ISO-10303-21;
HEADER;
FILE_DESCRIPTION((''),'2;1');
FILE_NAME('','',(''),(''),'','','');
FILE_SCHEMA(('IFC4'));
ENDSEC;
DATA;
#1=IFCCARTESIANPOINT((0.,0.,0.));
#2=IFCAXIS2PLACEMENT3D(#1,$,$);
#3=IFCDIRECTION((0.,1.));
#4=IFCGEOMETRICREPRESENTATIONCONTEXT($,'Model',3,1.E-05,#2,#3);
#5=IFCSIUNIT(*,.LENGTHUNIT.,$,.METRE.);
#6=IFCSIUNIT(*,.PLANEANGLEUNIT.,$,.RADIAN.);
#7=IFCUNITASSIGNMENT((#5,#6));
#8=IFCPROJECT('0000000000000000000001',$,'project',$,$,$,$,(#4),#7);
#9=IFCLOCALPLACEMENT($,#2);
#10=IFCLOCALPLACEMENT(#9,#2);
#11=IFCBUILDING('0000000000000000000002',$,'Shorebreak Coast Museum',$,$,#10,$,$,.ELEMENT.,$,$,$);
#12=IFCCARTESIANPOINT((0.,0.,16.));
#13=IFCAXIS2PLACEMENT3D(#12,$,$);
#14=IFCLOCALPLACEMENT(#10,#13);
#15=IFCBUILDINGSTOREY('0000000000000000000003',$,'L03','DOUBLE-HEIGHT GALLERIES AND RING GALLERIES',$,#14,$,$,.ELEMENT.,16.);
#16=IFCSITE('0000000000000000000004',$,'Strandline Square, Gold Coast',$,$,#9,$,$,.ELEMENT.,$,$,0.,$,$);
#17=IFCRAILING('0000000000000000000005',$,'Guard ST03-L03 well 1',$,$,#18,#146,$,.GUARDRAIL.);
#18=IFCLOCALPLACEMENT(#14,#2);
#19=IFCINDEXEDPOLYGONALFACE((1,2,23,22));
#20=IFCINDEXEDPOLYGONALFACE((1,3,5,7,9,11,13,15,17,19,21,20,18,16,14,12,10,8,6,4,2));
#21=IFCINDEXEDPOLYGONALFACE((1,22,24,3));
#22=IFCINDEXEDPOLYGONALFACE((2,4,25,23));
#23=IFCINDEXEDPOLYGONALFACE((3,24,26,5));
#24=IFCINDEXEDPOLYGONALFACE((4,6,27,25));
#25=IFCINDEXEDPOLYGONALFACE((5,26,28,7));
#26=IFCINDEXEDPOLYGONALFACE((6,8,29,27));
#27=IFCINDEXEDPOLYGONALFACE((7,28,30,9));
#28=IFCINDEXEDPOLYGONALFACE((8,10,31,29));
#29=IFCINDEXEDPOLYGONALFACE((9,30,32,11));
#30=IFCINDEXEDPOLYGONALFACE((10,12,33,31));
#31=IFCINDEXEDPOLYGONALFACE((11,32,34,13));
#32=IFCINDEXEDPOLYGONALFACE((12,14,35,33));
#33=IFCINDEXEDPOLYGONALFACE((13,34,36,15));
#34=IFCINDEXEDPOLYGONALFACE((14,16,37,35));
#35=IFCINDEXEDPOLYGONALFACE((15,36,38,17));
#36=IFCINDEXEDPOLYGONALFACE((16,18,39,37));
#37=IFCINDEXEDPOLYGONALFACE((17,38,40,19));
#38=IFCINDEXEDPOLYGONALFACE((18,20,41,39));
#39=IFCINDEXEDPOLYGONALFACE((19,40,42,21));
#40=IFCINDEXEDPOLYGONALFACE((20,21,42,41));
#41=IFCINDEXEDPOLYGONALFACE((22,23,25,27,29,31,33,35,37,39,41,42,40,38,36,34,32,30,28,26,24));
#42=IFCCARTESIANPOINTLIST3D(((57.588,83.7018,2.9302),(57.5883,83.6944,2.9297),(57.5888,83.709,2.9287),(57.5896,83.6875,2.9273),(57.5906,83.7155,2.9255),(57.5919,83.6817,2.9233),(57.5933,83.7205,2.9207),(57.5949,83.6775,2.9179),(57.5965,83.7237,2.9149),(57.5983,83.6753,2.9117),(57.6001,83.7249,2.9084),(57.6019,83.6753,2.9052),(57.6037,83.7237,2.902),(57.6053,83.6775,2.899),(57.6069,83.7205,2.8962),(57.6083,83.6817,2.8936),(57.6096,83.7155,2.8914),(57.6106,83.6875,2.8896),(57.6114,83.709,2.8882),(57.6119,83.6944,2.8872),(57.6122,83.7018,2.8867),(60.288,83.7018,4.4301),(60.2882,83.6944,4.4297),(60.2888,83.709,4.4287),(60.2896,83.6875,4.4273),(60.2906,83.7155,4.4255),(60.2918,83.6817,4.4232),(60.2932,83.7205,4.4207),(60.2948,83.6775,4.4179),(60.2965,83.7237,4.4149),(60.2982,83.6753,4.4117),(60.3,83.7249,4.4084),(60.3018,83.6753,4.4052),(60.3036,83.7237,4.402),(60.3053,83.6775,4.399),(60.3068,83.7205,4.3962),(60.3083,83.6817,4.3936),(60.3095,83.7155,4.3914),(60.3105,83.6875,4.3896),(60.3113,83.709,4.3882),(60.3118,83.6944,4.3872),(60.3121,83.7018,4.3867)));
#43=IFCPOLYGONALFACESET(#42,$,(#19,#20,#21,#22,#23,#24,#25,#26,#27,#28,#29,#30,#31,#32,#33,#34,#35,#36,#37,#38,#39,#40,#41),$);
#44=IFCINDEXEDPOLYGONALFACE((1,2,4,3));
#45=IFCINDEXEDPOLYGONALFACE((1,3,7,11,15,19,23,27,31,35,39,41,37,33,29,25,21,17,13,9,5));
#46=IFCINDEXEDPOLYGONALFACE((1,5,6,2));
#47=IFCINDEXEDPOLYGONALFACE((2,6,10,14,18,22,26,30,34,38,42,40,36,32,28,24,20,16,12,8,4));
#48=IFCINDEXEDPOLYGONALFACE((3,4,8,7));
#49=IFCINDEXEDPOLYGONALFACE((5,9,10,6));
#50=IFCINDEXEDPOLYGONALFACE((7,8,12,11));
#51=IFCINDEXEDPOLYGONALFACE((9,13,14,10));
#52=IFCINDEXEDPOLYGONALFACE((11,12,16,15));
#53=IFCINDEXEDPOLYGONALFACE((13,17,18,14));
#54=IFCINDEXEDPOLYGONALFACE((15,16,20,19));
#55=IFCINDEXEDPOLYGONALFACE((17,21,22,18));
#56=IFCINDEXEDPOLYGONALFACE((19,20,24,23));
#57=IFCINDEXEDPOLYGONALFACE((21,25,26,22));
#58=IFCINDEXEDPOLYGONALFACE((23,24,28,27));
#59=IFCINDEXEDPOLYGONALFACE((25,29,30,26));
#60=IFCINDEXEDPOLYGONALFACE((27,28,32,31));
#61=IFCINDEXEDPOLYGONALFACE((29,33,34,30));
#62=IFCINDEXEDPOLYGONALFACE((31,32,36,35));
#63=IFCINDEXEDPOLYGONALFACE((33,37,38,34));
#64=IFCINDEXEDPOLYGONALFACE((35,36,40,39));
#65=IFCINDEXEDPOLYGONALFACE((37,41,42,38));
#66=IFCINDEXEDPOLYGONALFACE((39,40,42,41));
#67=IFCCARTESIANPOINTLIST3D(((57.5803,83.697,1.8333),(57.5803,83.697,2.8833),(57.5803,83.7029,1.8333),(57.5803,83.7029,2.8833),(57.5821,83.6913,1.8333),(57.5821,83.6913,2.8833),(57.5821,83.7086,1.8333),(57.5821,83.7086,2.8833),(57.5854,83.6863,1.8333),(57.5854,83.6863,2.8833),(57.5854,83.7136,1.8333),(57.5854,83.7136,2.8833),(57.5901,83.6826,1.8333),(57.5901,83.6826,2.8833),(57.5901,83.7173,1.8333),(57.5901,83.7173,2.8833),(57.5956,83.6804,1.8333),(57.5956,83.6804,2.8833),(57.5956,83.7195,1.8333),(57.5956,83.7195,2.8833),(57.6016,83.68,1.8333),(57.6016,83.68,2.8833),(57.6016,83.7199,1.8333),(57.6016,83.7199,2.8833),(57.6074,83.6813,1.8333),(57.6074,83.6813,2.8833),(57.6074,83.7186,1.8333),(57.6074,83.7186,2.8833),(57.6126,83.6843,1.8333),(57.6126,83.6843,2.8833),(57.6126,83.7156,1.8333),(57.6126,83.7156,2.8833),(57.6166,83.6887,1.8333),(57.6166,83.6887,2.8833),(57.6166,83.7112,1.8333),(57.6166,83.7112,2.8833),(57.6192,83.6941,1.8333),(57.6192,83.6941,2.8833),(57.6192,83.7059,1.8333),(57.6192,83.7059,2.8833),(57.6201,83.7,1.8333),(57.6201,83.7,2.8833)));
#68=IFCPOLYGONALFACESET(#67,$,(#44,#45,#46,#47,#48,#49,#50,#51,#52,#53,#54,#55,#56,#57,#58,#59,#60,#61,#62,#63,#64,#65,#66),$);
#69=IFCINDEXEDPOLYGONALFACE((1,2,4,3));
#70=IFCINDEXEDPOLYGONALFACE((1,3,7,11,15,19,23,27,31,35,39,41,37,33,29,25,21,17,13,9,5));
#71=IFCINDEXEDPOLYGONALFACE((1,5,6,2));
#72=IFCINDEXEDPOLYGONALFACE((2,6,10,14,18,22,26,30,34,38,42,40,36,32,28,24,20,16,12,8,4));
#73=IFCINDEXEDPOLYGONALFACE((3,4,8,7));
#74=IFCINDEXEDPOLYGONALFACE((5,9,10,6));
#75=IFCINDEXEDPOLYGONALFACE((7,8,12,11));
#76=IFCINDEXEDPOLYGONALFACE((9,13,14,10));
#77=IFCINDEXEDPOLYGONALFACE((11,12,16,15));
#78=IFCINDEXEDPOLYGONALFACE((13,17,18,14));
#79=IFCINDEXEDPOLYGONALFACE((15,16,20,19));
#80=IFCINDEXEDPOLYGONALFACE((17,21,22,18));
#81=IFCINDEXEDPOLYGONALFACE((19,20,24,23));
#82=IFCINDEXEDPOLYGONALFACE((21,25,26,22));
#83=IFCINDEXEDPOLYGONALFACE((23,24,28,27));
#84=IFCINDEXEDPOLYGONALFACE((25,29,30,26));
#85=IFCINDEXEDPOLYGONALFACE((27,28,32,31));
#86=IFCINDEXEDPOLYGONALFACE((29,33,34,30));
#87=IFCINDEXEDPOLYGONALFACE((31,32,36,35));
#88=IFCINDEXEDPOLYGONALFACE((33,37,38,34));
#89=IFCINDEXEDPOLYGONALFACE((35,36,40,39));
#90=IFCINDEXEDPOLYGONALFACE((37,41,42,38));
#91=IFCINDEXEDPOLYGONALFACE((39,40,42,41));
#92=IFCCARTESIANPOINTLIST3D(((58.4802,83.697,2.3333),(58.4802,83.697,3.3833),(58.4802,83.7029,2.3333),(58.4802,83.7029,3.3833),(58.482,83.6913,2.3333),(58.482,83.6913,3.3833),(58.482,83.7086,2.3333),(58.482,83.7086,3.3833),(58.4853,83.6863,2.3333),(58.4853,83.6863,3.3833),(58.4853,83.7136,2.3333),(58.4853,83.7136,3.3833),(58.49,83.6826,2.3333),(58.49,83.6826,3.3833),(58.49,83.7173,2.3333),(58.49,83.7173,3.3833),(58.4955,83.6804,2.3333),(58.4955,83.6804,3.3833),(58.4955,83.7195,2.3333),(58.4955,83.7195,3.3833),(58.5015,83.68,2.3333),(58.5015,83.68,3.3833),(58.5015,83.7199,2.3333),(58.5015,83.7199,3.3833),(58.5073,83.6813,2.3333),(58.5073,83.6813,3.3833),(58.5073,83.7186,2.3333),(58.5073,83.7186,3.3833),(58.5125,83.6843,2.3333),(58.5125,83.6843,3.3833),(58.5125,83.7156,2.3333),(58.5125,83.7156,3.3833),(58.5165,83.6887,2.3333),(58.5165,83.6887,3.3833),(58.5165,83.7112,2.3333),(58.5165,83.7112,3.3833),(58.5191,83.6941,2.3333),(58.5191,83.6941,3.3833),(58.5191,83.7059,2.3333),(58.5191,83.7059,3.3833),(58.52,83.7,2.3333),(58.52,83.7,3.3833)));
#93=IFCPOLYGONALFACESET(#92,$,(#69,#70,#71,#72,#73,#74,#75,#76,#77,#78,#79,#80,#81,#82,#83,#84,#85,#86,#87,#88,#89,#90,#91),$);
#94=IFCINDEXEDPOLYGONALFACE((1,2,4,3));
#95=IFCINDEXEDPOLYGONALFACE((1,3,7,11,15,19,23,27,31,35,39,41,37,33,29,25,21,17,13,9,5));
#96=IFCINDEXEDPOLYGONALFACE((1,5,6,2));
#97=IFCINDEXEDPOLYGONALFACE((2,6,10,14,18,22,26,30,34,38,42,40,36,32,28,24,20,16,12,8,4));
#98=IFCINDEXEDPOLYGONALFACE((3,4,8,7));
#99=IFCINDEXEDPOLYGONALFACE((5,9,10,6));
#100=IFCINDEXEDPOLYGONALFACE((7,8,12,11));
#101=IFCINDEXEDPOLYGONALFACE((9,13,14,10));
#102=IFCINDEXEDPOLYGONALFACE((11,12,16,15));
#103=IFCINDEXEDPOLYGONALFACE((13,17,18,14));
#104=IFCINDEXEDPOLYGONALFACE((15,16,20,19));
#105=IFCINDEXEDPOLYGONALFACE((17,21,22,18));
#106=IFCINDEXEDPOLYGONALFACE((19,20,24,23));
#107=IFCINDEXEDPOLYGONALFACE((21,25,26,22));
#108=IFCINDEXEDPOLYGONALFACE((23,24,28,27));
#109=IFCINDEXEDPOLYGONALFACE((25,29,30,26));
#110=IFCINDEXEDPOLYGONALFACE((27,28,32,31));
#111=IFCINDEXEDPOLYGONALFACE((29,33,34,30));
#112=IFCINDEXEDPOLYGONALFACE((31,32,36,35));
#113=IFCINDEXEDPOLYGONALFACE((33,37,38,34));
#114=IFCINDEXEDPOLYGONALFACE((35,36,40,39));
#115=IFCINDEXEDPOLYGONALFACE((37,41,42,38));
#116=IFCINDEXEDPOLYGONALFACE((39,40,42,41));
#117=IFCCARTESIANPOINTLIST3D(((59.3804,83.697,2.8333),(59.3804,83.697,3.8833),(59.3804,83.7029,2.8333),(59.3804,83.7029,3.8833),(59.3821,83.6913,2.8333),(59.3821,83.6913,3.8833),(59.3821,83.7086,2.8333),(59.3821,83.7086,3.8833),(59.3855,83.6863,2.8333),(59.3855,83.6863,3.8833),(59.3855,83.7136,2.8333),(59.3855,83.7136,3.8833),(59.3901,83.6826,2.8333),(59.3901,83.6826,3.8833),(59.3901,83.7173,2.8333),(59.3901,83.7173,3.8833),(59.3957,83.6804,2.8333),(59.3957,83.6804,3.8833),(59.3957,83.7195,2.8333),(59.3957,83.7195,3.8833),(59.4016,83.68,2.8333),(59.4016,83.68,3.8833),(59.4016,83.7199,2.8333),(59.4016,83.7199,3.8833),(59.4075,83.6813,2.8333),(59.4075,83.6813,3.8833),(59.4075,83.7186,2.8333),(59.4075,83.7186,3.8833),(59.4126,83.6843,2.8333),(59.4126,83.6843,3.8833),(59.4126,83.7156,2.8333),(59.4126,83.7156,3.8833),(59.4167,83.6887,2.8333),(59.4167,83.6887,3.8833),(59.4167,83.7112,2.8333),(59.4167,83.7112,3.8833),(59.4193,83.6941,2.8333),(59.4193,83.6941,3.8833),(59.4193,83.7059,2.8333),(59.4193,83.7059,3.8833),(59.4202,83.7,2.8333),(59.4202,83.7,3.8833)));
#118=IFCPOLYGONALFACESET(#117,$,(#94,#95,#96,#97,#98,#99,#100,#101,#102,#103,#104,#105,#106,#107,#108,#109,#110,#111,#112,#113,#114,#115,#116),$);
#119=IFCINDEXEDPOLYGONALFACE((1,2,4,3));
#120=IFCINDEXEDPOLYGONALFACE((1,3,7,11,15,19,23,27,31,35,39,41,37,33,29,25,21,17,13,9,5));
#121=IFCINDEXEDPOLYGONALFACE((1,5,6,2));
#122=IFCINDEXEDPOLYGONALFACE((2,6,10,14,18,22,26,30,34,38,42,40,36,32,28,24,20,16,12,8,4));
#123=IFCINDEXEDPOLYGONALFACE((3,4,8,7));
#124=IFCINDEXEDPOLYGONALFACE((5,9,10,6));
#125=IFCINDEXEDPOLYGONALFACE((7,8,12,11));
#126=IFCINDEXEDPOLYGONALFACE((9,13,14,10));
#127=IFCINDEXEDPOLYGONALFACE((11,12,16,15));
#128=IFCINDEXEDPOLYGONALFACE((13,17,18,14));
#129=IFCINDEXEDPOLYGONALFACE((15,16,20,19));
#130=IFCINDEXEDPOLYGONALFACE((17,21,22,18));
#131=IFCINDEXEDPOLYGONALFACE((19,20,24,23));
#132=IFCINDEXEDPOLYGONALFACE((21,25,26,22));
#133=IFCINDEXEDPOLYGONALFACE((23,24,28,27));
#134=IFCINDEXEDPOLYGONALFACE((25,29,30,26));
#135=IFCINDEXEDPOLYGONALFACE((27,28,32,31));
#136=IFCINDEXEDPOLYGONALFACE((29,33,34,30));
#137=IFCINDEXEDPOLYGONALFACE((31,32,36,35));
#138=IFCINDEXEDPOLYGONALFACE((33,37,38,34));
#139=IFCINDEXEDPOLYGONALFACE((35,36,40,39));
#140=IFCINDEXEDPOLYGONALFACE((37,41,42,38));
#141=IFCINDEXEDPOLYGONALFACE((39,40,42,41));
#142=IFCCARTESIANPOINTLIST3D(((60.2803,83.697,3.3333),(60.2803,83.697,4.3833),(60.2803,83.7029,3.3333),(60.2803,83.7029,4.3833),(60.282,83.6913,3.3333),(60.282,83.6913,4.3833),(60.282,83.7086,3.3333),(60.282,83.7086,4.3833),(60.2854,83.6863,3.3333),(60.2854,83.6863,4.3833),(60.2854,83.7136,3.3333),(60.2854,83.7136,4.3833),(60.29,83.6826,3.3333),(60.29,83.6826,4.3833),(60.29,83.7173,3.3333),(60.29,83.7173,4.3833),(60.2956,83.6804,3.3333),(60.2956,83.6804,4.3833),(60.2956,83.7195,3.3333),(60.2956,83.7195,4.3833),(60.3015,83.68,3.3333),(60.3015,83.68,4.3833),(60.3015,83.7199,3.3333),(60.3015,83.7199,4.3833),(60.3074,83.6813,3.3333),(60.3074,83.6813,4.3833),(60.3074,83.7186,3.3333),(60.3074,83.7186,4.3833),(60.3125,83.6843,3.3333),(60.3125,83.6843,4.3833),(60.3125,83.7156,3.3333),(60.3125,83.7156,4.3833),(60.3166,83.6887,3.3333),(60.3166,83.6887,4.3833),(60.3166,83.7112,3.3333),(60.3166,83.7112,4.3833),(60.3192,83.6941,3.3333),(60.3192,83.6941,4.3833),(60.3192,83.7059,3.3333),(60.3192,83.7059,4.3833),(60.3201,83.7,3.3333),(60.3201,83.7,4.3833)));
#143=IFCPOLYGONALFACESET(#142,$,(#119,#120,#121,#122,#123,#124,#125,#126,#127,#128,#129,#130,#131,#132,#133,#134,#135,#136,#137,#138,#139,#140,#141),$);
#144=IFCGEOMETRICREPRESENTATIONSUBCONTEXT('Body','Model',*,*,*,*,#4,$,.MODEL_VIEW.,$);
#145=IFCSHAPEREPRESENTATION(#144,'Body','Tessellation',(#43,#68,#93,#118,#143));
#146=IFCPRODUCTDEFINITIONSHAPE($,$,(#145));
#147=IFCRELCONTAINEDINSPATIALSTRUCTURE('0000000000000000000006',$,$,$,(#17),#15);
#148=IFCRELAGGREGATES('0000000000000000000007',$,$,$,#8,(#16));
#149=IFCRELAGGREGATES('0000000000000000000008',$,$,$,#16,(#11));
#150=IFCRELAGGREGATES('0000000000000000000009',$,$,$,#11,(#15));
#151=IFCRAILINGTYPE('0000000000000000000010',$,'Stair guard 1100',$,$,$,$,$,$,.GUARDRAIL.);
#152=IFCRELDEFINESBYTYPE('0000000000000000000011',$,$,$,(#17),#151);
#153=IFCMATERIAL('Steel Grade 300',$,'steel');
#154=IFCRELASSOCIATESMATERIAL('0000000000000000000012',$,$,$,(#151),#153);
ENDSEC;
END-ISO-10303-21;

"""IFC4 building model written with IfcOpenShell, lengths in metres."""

from ifc_helpers import new_model, si_unit, direction, frame, origin, origin_2d, place, context, subcontext, project, spatial, circle, extrude, material, type_object, element, save


model = new_model("IFC4")

# Units and contexts
model_context = context("Model", 3, precision=1e-05, world=origin(), true_north=direction((0.0, 1.0)))
body_context = subcontext(model_context, "Body", "Model", "MODEL_VIEW")
ifc_project = project(units=[si_unit("LENGTHUNIT", "METRE"), si_unit("PLANEANGLEUNIT", "RADIAN")], contexts=[model_context])

# Site, building, storey
site_placement = place(None, origin())
site = spatial("IfcSite", under=ifc_project, at=site_placement, Name="Strandline Square, Gold Coast", CompositionType="ELEMENT", RefElevation=0.0)
building_placement = place(site_placement, origin())
building = spatial("IfcBuilding", under=site, at=building_placement, Name="Shorebreak Coast Museum", CompositionType="ELEMENT")
storey_placement = place(building_placement, frame((0.0, 0.0, 16.0)))
storey = spatial("IfcBuildingStorey", under=building, at=storey_placement, Name="L03", Description="DOUBLE-HEIGHT GALLERIES AND RING GALLERIES", CompositionType="ELEMENT", Elevation=16.0)

# Railing
ifc_material_1 = material(Name="Steel Grade 300", Category="steel")
railing_type_1 = type_object("IfcRailingType", Name="Stair guard 1100", PredefinedType="GUARDRAIL", material=ifc_material_1)
for number, where, name in (
    (1, (57.6001, 83.7, 1.8333), "Guard ST03-L03 well 1"),
):
    element("IfcRailing", number, at=place(storey_placement, frame(where)), inside=storey, type_object=railing_type_1, Name=name, PredefinedType="GUARDRAIL", context=body_context, shape_type="SweptSolid", body=[
        extrude(circle(Radius=0.0249, at=origin_2d()), frame((0.0, 0.0, 1.0752), z_axis=(0.874154, 0.0, 0.48565), x_axis=(0.0, 1.0, 0.0)), (0.0, 0.0, 1.0), 3.0886),
        extrude(circle(Radius=0.02, at=origin_2d()), origin(), (0.0, 0.0, 1.0), 1.05),
        extrude(circle(Radius=0.02, at=origin_2d()), frame((0.8999, 0.0, 0.5)), (0.0, 0.0, 1.0), 1.05),
        extrude(circle(Radius=0.02, at=origin_2d()), frame((1.8, 0.0, 1.0)), (0.0, 0.0, 1.0), 1.05),
        extrude(circle(Radius=0.02, at=origin_2d()), frame((2.7, 0.0, 1.5)), (0.0, 0.0, 1.0), 1.05),
    ])

save(model, "model.ifc")
